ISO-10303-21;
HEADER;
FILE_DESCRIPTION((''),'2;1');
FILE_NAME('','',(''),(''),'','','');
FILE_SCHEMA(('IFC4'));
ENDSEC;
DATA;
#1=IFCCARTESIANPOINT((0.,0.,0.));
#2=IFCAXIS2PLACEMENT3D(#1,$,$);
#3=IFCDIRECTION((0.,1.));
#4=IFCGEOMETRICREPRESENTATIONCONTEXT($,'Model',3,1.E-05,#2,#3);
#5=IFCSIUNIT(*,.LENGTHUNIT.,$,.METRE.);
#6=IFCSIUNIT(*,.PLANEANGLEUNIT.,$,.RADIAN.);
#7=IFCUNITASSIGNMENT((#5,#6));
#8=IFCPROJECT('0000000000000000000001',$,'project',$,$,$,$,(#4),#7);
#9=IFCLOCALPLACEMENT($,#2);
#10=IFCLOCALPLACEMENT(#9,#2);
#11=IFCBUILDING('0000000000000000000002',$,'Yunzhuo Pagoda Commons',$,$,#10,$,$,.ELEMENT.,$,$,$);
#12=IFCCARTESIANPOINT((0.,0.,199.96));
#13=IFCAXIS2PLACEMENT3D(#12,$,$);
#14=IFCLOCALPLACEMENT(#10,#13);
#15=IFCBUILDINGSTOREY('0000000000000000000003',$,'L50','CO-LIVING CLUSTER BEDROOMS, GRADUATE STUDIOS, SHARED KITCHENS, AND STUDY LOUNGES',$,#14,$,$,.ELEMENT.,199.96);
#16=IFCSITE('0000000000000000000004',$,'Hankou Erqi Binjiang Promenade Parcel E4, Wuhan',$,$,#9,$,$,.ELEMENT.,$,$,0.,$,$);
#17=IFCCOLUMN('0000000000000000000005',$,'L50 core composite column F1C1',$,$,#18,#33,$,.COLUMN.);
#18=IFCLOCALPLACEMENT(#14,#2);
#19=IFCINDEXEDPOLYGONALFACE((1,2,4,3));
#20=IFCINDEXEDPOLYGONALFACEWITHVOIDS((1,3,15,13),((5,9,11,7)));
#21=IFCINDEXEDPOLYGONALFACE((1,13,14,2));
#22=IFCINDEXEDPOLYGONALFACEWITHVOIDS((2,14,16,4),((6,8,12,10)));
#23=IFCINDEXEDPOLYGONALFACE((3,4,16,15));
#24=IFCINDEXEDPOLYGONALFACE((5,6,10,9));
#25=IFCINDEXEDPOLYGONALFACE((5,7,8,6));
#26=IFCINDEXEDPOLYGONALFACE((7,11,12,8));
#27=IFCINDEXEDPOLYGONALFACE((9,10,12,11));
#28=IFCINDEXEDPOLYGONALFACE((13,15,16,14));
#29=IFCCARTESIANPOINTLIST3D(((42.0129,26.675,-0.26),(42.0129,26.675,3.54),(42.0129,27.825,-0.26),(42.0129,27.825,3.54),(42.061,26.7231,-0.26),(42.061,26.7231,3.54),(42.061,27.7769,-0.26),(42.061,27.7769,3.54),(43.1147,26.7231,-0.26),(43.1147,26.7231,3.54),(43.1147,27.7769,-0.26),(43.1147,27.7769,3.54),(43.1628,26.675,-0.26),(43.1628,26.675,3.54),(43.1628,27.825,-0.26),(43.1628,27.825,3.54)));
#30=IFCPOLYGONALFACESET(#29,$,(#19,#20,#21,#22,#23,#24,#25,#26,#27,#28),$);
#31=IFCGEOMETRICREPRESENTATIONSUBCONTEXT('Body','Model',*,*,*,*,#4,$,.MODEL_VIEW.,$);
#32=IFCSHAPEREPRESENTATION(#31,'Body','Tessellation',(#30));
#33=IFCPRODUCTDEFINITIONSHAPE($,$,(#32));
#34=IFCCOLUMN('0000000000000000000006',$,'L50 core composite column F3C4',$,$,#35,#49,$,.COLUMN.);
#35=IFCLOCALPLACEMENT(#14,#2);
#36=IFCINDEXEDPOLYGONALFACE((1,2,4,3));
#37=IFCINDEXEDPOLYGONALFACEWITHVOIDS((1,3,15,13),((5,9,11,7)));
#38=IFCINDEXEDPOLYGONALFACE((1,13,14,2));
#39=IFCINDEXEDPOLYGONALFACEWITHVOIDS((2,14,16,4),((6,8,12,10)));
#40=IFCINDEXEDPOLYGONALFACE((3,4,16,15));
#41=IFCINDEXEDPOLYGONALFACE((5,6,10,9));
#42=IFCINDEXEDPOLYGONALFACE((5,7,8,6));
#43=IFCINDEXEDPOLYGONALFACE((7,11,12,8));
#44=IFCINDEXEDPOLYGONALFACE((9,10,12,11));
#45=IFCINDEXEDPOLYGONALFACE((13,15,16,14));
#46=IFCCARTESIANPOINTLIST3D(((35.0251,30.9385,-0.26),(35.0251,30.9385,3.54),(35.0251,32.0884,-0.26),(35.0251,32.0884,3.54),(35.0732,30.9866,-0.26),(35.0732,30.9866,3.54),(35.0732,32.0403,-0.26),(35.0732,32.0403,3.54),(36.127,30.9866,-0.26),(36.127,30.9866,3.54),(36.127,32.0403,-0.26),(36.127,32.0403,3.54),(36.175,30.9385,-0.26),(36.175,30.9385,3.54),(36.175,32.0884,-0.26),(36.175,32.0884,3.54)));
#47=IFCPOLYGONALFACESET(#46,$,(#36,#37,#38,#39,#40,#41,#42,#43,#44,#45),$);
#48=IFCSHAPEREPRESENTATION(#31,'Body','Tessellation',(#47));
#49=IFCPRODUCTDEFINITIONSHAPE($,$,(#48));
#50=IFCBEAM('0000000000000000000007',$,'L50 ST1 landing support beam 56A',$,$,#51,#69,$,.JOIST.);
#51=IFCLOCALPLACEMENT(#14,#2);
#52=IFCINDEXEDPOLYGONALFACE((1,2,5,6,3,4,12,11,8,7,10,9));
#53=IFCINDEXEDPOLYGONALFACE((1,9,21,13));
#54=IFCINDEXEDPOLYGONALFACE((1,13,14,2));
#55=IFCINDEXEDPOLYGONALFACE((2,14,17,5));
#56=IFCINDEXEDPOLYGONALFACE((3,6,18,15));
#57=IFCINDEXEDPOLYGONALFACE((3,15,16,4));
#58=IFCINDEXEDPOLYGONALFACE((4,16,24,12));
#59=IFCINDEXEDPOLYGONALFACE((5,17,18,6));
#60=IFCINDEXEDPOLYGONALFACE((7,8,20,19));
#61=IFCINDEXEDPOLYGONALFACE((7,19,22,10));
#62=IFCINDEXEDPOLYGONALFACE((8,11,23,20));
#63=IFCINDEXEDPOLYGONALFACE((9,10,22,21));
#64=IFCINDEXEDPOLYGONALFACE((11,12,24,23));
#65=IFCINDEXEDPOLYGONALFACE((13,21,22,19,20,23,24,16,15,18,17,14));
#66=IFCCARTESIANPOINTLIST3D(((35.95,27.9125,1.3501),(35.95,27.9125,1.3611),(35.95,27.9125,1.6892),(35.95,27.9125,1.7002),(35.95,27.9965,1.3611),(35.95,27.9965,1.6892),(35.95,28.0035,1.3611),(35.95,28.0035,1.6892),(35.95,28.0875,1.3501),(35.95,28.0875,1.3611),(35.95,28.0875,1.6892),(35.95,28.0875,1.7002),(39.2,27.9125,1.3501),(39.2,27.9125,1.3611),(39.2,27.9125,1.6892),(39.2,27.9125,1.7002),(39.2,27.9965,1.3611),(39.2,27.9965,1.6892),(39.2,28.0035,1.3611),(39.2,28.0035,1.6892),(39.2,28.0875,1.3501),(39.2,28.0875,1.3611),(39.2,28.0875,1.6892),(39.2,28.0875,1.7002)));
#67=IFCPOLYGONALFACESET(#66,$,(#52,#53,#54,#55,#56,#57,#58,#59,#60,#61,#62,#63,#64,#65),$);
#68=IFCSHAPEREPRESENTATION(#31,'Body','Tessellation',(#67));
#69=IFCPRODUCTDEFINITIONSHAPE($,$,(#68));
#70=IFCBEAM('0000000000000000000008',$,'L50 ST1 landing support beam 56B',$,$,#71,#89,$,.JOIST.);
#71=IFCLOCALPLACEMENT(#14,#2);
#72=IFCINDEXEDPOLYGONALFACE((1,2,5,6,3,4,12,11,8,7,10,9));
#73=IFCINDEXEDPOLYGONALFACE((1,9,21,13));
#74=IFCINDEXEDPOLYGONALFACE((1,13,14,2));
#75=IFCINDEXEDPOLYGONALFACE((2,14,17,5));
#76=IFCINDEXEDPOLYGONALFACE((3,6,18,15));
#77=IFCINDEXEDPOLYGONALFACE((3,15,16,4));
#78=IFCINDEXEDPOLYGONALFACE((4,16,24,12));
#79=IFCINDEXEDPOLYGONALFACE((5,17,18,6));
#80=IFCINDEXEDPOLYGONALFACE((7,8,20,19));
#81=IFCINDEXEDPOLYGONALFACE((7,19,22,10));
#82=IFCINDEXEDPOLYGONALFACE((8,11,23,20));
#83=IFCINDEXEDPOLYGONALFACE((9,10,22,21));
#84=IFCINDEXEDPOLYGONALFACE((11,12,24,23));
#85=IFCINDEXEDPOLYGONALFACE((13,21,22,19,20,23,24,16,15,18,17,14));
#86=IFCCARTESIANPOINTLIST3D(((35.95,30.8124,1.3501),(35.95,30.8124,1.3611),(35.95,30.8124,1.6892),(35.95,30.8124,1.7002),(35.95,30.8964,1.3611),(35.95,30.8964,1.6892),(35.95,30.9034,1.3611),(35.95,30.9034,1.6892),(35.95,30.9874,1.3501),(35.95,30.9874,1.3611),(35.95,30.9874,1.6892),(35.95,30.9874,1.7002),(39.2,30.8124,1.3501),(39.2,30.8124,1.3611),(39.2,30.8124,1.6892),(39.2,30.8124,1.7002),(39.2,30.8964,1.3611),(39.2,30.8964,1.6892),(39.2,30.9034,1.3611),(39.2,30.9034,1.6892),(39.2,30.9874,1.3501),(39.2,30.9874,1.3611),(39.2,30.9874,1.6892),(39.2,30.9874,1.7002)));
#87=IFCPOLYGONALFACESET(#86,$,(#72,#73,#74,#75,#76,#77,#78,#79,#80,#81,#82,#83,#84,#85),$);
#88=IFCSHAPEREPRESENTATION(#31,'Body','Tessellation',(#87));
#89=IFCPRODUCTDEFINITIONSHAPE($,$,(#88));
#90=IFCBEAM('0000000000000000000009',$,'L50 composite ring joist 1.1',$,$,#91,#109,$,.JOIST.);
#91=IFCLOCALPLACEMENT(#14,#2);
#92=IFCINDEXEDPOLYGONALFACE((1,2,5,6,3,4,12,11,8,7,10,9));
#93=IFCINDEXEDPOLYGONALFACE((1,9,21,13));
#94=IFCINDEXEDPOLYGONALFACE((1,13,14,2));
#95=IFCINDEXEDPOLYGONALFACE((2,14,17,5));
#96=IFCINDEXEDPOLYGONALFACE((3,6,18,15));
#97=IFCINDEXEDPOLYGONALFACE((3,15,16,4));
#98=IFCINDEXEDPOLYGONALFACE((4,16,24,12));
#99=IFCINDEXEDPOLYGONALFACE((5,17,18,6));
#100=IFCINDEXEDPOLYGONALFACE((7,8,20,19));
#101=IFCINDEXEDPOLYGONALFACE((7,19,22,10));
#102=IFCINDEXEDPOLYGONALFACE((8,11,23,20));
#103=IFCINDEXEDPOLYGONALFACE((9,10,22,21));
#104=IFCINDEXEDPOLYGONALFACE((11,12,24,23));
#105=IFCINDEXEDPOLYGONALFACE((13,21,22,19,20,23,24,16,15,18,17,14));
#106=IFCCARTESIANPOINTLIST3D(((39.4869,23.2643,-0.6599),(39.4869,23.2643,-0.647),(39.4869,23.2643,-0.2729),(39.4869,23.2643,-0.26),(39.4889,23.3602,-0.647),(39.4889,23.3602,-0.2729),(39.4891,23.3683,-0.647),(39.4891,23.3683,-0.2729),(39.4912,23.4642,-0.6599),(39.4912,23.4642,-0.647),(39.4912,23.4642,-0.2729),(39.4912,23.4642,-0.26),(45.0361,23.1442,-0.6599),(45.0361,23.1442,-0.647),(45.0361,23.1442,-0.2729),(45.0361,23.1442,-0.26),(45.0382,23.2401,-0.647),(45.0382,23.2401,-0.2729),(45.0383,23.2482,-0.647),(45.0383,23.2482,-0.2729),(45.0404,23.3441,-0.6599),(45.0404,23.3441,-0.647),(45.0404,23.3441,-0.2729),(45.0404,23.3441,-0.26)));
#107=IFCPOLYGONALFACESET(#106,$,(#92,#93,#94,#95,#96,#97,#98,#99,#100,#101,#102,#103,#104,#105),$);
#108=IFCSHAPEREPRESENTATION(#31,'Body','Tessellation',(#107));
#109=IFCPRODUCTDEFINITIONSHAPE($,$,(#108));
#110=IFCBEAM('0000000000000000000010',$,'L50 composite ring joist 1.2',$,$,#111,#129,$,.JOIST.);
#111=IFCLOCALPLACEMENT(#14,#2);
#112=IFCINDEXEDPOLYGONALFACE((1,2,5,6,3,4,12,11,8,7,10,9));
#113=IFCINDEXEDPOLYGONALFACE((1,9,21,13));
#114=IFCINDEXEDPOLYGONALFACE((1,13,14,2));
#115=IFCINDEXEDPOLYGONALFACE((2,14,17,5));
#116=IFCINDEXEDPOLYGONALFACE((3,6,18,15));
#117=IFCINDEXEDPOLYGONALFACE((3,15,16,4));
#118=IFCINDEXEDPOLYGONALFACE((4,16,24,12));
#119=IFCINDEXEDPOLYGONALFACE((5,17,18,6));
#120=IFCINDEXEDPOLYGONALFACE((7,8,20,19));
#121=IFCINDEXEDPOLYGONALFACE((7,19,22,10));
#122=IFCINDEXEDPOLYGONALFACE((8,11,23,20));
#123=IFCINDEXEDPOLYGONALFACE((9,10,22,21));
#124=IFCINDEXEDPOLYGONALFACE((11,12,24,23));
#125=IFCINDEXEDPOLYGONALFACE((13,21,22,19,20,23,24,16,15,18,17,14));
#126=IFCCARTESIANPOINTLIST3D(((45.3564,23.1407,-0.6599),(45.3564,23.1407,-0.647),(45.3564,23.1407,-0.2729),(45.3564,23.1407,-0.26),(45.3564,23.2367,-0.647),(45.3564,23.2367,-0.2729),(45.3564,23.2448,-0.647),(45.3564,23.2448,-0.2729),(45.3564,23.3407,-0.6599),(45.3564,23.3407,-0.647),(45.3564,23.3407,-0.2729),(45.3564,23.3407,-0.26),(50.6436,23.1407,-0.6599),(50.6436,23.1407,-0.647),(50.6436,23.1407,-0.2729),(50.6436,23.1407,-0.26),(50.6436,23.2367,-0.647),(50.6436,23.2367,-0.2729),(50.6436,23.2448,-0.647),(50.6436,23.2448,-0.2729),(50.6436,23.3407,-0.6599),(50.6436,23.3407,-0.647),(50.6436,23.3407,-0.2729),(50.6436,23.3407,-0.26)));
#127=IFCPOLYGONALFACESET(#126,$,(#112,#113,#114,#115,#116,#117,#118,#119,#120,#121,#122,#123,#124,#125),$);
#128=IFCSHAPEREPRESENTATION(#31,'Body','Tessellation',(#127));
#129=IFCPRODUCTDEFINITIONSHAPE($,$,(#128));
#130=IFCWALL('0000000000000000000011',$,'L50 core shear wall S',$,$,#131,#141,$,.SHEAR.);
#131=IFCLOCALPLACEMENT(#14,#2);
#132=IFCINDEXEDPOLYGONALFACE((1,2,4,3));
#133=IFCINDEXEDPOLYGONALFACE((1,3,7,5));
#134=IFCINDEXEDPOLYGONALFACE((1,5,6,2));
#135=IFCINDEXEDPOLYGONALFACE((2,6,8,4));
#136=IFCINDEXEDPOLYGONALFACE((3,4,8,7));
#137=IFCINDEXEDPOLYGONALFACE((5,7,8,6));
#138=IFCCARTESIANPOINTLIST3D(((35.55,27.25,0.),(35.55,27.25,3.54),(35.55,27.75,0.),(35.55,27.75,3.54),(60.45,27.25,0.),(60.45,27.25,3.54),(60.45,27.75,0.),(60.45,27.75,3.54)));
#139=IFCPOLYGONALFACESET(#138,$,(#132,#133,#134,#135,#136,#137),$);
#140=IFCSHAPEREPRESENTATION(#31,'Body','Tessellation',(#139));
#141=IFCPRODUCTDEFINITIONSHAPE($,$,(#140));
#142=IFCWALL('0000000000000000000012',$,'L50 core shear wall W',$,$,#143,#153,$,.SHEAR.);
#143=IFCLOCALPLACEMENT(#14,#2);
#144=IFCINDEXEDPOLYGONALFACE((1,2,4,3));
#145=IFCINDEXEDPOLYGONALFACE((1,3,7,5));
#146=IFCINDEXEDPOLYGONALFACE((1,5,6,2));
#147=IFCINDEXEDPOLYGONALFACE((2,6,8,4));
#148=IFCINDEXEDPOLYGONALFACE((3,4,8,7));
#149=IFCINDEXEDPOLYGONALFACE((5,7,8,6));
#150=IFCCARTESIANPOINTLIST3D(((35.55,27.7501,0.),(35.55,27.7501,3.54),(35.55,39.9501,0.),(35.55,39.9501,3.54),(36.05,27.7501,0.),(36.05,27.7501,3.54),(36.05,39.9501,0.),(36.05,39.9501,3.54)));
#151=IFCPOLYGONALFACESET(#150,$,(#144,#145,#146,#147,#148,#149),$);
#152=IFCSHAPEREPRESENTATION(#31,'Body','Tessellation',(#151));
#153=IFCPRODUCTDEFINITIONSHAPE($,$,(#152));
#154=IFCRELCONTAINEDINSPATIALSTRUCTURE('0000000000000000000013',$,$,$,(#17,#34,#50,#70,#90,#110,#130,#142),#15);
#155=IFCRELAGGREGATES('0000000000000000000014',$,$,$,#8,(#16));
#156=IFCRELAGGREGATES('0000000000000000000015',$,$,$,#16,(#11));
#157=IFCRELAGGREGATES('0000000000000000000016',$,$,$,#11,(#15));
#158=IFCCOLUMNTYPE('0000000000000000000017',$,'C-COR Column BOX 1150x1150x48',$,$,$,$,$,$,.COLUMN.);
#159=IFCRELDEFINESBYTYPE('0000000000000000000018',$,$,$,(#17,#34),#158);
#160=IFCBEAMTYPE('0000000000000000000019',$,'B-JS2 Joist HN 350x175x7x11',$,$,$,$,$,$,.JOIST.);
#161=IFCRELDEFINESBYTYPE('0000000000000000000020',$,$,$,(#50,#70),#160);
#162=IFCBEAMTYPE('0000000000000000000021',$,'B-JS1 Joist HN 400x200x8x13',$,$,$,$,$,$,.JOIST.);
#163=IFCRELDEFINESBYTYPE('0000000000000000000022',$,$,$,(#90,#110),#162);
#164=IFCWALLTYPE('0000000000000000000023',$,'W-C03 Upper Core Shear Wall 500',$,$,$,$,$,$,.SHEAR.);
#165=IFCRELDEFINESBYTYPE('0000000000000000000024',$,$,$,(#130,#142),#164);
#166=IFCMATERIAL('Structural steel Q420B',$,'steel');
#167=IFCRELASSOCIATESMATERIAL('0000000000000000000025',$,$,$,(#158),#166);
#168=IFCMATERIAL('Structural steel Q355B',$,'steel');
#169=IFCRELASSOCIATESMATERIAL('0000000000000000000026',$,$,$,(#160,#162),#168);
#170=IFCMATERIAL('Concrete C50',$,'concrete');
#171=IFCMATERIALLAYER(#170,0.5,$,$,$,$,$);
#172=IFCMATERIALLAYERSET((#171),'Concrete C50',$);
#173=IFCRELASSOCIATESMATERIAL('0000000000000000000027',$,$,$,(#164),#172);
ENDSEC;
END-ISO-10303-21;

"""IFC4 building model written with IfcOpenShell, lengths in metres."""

from ifc_helpers import new_model, si_unit, direction, frame, frame_2d, origin, origin_2d, place, context, subcontext, project, spatial, rectangle, hollow_rectangle, i_section, extrude, source, transform, mapped, material, layer, layer_set, material_profile, profile_set, type_object, element, save


model = new_model("IFC4")

# Units and contexts
model_context = context("Model", 3, precision=1e-05, world=origin(), true_north=direction((0.0, 1.0)))
body_context = subcontext(model_context, "Body", "Model", "MODEL_VIEW")
ifc_project = project(units=[si_unit("LENGTHUNIT", "METRE"), si_unit("PLANEANGLEUNIT", "RADIAN")], contexts=[model_context])

# Site, building, storey
site_placement = place(None, origin())
site = spatial("IfcSite", under=ifc_project, at=site_placement, Name="Hankou Erqi Binjiang Promenade Parcel E4, Wuhan", CompositionType="ELEMENT", RefElevation=0.0)
building_placement = place(site_placement, origin())
building = spatial("IfcBuilding", under=site, at=building_placement, Name="Yunzhuo Pagoda Commons", CompositionType="ELEMENT")
storey_placement = place(building_placement, frame((0.0, 0.0, 199.96)))
storey = spatial("IfcBuildingStorey", under=building, at=storey_placement, Name="L50", Description="CO-LIVING CLUSTER BEDROOMS, GRADUATE STUDIOS, SHARED KITCHENS, AND STUDY LOUNGES", CompositionType="ELEMENT", Elevation=199.96)

# Columns
ifc_material_1 = material(Name="Structural steel Q420B", Category="steel")
ifc_material_profile_1 = material_profile(ifc_material_1, hollow_rectangle(XDim=1.1499, YDim=1.1499, WallThickness=0.0481, at=origin_2d()), Name="Structural steel Q420B")
ifc_profile_set_1 = profile_set([ifc_material_profile_1], Name="Structural steel Q420B")
column_type = type_object("IfcColumnType", Name="C-COR Column BOX 1150x1150x48", PredefinedType="COLUMN", material=ifc_profile_set_1)
shared_shape_1 = source(origin(), body_context, "Body", "SweptSolid", [
    extrude(hollow_rectangle(XDim=1.1499, YDim=1.1499, WallThickness=0.0481, at=origin_2d()), origin(), (0.0, 0.0, 1.0), 3.8),
])
for number, where, z_axis, x_axis, name in (
    (1, (42.5879, 27.25, -0.26), (0.0, 0.0, 1.0), (1.0, 0.0, 0.0), "L50 core composite column F1C1"),
    (2, (35.6001, 31.5134, -0.26), (0.0, 0.0, 1.0), (1.0, 0.0, 0.0), "L50 core composite column F3C4"),
):
    element("IfcColumn", number, at=place(storey_placement, frame(where, z_axis=z_axis, x_axis=x_axis)), inside=storey, type_object=column_type, Name=name, PredefinedType="COLUMN", context=body_context, shape_type="MappedRepresentation", body=[
        mapped(shared_shape_1, transform((0.0, 0.0, 0.0), scale=1.0)),
    ])

# Beams
ifc_material_2 = material(Name="Structural steel Q355B", Category="steel")
ifc_material_profile_2 = material_profile(ifc_material_2, i_section(OverallWidth=0.175, OverallDepth=0.3501, WebThickness=0.0071, FlangeThickness=0.011, at=origin_2d()), Name="Structural steel Q355B")
ifc_profile_set_2 = profile_set([ifc_material_profile_2], Name="Structural steel Q355B")
beam_type_1 = type_object("IfcBeamType", Name="B-JS2 Joist HN 350x175x7x11", PredefinedType="JOIST", material=ifc_profile_set_2)
shared_shape_2 = source(origin(), body_context, "Body", "SweptSolid", [
    extrude(i_section(OverallWidth=0.175, OverallDepth=0.3501, WebThickness=0.0071, FlangeThickness=0.011, at=origin_2d()), origin(), (0.0, 0.0, 1.0), 3.25),
])
for number, where, z_axis, x_axis, name in (
    (3, (35.95, 28.0, 1.5251), (1.0, 0.0, 0.0), (0.0, 1.0, 0.0), "L50 ST1 landing support beam 56A"),
    (4, (35.95, 30.8999, 1.5251), (1.0, 0.0, 0.0), (0.0, 1.0, 0.0), "L50 ST1 landing support beam 56B"),
):
    element("IfcBeam", number, at=place(storey_placement, frame(where, z_axis=z_axis, x_axis=x_axis)), inside=storey, type_object=beam_type_1, Name=name, PredefinedType="JOIST", context=body_context, shape_type="MappedRepresentation", body=[
        mapped(shared_shape_2, transform((0.0, 0.0, 0.0), scale=1.0)),
    ])
ifc_material_profile_3 = material_profile(ifc_material_2, i_section(OverallWidth=0.2, OverallDepth=0.3999, WebThickness=0.0081, FlangeThickness=0.0129, at=origin_2d()), Name="Structural steel Q355B")
ifc_profile_set_3 = profile_set([ifc_material_profile_3], Name="Structural steel Q355B")
beam_type_2 = type_object("IfcBeamType", Name="B-JS1 Joist HN 400x200x8x13", PredefinedType="JOIST", material=ifc_profile_set_3)
shared_shape_3 = source(origin(), body_context, "Body", "SweptSolid", [
    extrude(i_section(OverallWidth=0.2, OverallDepth=0.3999, WebThickness=0.0081, FlangeThickness=0.0129, at=origin_2d()), origin(), (0.0, 0.0, 1.0), 5.5505),
])
beam_1_placement = place(storey_placement, frame((39.489, 23.3643, -0.46), z_axis=(0.999766, -0.02164, 0.0), x_axis=(0.02164, 0.999766, 0.0)))
element("IfcBeam", 5, at=beam_1_placement, inside=storey, type_object=beam_type_2, Name="L50 composite ring joist 1.1", PredefinedType="JOIST", context=body_context, shape_type="MappedRepresentation", body=[
    mapped(shared_shape_3, transform((0.0, 0.0, 0.0), scale=1.0)),
])
shared_shape_4 = source(origin(), body_context, "Body", "SweptSolid", [
    extrude(i_section(OverallWidth=0.2, OverallDepth=0.3999, WebThickness=0.0081, FlangeThickness=0.0129, at=origin_2d()), origin(), (0.0, 0.0, 1.0), 5.2871),
])
beam_2_placement = place(storey_placement, frame((45.3564, 23.2407, -0.46), z_axis=(1.0, 0.0, 0.0), x_axis=(0.0, 1.0, 0.0)))
element("IfcBeam", 6, at=beam_2_placement, inside=storey, type_object=beam_type_2, Name="L50 composite ring joist 1.2", PredefinedType="JOIST", context=body_context, shape_type="MappedRepresentation", body=[
    mapped(shared_shape_4, transform((0.0, 0.0, 0.0), scale=1.0)),
])

# Walls
ifc_material_3 = material(Name="Concrete C50", Category="concrete")
ifc_layer_1 = layer(ifc_material_3, 0.5)
ifc_layer_set_1 = layer_set([ifc_layer_1], Name="Concrete C50")
wall_type_1 = type_object("IfcWallType", Name="W-C03 Upper Core Shear Wall 500", PredefinedType="SHEAR", material=ifc_layer_set_1)
wall_1_placement = place(storey_placement, frame((35.55, 27.5, 0.0), z_axis=(0.0, 0.0, 1.0), x_axis=(1.0, 0.0, 0.0)))
element("IfcWall", 7, at=wall_1_placement, inside=storey, type_object=wall_type_1, Name="L50 core shear wall S", PredefinedType="SHEAR", context=body_context, shape_type="SweptSolid", body=[
    extrude(rectangle(XDim=24.8999, YDim=0.5, at=frame_2d((12.45, 0.0))), origin(), (0.0, 0.0, 1.0), 3.54),
])
wall_2_placement = place(storey_placement, frame((35.8, 27.75, 0.0), z_axis=(0.0, 0.0, 1.0), x_axis=(0.0, 1.0, 0.0)))
element("IfcWall", 8, at=wall_2_placement, inside=storey, type_object=wall_type_1, Name="L50 core shear wall W", PredefinedType="SHEAR", context=body_context, shape_type="SweptSolid", body=[
    extrude(rectangle(XDim=12.2, YDim=0.5, at=frame_2d((6.1001, 0.0))), origin(), (0.0, 0.0, 1.0), 3.54),
])

save(model, "model.ifc")
